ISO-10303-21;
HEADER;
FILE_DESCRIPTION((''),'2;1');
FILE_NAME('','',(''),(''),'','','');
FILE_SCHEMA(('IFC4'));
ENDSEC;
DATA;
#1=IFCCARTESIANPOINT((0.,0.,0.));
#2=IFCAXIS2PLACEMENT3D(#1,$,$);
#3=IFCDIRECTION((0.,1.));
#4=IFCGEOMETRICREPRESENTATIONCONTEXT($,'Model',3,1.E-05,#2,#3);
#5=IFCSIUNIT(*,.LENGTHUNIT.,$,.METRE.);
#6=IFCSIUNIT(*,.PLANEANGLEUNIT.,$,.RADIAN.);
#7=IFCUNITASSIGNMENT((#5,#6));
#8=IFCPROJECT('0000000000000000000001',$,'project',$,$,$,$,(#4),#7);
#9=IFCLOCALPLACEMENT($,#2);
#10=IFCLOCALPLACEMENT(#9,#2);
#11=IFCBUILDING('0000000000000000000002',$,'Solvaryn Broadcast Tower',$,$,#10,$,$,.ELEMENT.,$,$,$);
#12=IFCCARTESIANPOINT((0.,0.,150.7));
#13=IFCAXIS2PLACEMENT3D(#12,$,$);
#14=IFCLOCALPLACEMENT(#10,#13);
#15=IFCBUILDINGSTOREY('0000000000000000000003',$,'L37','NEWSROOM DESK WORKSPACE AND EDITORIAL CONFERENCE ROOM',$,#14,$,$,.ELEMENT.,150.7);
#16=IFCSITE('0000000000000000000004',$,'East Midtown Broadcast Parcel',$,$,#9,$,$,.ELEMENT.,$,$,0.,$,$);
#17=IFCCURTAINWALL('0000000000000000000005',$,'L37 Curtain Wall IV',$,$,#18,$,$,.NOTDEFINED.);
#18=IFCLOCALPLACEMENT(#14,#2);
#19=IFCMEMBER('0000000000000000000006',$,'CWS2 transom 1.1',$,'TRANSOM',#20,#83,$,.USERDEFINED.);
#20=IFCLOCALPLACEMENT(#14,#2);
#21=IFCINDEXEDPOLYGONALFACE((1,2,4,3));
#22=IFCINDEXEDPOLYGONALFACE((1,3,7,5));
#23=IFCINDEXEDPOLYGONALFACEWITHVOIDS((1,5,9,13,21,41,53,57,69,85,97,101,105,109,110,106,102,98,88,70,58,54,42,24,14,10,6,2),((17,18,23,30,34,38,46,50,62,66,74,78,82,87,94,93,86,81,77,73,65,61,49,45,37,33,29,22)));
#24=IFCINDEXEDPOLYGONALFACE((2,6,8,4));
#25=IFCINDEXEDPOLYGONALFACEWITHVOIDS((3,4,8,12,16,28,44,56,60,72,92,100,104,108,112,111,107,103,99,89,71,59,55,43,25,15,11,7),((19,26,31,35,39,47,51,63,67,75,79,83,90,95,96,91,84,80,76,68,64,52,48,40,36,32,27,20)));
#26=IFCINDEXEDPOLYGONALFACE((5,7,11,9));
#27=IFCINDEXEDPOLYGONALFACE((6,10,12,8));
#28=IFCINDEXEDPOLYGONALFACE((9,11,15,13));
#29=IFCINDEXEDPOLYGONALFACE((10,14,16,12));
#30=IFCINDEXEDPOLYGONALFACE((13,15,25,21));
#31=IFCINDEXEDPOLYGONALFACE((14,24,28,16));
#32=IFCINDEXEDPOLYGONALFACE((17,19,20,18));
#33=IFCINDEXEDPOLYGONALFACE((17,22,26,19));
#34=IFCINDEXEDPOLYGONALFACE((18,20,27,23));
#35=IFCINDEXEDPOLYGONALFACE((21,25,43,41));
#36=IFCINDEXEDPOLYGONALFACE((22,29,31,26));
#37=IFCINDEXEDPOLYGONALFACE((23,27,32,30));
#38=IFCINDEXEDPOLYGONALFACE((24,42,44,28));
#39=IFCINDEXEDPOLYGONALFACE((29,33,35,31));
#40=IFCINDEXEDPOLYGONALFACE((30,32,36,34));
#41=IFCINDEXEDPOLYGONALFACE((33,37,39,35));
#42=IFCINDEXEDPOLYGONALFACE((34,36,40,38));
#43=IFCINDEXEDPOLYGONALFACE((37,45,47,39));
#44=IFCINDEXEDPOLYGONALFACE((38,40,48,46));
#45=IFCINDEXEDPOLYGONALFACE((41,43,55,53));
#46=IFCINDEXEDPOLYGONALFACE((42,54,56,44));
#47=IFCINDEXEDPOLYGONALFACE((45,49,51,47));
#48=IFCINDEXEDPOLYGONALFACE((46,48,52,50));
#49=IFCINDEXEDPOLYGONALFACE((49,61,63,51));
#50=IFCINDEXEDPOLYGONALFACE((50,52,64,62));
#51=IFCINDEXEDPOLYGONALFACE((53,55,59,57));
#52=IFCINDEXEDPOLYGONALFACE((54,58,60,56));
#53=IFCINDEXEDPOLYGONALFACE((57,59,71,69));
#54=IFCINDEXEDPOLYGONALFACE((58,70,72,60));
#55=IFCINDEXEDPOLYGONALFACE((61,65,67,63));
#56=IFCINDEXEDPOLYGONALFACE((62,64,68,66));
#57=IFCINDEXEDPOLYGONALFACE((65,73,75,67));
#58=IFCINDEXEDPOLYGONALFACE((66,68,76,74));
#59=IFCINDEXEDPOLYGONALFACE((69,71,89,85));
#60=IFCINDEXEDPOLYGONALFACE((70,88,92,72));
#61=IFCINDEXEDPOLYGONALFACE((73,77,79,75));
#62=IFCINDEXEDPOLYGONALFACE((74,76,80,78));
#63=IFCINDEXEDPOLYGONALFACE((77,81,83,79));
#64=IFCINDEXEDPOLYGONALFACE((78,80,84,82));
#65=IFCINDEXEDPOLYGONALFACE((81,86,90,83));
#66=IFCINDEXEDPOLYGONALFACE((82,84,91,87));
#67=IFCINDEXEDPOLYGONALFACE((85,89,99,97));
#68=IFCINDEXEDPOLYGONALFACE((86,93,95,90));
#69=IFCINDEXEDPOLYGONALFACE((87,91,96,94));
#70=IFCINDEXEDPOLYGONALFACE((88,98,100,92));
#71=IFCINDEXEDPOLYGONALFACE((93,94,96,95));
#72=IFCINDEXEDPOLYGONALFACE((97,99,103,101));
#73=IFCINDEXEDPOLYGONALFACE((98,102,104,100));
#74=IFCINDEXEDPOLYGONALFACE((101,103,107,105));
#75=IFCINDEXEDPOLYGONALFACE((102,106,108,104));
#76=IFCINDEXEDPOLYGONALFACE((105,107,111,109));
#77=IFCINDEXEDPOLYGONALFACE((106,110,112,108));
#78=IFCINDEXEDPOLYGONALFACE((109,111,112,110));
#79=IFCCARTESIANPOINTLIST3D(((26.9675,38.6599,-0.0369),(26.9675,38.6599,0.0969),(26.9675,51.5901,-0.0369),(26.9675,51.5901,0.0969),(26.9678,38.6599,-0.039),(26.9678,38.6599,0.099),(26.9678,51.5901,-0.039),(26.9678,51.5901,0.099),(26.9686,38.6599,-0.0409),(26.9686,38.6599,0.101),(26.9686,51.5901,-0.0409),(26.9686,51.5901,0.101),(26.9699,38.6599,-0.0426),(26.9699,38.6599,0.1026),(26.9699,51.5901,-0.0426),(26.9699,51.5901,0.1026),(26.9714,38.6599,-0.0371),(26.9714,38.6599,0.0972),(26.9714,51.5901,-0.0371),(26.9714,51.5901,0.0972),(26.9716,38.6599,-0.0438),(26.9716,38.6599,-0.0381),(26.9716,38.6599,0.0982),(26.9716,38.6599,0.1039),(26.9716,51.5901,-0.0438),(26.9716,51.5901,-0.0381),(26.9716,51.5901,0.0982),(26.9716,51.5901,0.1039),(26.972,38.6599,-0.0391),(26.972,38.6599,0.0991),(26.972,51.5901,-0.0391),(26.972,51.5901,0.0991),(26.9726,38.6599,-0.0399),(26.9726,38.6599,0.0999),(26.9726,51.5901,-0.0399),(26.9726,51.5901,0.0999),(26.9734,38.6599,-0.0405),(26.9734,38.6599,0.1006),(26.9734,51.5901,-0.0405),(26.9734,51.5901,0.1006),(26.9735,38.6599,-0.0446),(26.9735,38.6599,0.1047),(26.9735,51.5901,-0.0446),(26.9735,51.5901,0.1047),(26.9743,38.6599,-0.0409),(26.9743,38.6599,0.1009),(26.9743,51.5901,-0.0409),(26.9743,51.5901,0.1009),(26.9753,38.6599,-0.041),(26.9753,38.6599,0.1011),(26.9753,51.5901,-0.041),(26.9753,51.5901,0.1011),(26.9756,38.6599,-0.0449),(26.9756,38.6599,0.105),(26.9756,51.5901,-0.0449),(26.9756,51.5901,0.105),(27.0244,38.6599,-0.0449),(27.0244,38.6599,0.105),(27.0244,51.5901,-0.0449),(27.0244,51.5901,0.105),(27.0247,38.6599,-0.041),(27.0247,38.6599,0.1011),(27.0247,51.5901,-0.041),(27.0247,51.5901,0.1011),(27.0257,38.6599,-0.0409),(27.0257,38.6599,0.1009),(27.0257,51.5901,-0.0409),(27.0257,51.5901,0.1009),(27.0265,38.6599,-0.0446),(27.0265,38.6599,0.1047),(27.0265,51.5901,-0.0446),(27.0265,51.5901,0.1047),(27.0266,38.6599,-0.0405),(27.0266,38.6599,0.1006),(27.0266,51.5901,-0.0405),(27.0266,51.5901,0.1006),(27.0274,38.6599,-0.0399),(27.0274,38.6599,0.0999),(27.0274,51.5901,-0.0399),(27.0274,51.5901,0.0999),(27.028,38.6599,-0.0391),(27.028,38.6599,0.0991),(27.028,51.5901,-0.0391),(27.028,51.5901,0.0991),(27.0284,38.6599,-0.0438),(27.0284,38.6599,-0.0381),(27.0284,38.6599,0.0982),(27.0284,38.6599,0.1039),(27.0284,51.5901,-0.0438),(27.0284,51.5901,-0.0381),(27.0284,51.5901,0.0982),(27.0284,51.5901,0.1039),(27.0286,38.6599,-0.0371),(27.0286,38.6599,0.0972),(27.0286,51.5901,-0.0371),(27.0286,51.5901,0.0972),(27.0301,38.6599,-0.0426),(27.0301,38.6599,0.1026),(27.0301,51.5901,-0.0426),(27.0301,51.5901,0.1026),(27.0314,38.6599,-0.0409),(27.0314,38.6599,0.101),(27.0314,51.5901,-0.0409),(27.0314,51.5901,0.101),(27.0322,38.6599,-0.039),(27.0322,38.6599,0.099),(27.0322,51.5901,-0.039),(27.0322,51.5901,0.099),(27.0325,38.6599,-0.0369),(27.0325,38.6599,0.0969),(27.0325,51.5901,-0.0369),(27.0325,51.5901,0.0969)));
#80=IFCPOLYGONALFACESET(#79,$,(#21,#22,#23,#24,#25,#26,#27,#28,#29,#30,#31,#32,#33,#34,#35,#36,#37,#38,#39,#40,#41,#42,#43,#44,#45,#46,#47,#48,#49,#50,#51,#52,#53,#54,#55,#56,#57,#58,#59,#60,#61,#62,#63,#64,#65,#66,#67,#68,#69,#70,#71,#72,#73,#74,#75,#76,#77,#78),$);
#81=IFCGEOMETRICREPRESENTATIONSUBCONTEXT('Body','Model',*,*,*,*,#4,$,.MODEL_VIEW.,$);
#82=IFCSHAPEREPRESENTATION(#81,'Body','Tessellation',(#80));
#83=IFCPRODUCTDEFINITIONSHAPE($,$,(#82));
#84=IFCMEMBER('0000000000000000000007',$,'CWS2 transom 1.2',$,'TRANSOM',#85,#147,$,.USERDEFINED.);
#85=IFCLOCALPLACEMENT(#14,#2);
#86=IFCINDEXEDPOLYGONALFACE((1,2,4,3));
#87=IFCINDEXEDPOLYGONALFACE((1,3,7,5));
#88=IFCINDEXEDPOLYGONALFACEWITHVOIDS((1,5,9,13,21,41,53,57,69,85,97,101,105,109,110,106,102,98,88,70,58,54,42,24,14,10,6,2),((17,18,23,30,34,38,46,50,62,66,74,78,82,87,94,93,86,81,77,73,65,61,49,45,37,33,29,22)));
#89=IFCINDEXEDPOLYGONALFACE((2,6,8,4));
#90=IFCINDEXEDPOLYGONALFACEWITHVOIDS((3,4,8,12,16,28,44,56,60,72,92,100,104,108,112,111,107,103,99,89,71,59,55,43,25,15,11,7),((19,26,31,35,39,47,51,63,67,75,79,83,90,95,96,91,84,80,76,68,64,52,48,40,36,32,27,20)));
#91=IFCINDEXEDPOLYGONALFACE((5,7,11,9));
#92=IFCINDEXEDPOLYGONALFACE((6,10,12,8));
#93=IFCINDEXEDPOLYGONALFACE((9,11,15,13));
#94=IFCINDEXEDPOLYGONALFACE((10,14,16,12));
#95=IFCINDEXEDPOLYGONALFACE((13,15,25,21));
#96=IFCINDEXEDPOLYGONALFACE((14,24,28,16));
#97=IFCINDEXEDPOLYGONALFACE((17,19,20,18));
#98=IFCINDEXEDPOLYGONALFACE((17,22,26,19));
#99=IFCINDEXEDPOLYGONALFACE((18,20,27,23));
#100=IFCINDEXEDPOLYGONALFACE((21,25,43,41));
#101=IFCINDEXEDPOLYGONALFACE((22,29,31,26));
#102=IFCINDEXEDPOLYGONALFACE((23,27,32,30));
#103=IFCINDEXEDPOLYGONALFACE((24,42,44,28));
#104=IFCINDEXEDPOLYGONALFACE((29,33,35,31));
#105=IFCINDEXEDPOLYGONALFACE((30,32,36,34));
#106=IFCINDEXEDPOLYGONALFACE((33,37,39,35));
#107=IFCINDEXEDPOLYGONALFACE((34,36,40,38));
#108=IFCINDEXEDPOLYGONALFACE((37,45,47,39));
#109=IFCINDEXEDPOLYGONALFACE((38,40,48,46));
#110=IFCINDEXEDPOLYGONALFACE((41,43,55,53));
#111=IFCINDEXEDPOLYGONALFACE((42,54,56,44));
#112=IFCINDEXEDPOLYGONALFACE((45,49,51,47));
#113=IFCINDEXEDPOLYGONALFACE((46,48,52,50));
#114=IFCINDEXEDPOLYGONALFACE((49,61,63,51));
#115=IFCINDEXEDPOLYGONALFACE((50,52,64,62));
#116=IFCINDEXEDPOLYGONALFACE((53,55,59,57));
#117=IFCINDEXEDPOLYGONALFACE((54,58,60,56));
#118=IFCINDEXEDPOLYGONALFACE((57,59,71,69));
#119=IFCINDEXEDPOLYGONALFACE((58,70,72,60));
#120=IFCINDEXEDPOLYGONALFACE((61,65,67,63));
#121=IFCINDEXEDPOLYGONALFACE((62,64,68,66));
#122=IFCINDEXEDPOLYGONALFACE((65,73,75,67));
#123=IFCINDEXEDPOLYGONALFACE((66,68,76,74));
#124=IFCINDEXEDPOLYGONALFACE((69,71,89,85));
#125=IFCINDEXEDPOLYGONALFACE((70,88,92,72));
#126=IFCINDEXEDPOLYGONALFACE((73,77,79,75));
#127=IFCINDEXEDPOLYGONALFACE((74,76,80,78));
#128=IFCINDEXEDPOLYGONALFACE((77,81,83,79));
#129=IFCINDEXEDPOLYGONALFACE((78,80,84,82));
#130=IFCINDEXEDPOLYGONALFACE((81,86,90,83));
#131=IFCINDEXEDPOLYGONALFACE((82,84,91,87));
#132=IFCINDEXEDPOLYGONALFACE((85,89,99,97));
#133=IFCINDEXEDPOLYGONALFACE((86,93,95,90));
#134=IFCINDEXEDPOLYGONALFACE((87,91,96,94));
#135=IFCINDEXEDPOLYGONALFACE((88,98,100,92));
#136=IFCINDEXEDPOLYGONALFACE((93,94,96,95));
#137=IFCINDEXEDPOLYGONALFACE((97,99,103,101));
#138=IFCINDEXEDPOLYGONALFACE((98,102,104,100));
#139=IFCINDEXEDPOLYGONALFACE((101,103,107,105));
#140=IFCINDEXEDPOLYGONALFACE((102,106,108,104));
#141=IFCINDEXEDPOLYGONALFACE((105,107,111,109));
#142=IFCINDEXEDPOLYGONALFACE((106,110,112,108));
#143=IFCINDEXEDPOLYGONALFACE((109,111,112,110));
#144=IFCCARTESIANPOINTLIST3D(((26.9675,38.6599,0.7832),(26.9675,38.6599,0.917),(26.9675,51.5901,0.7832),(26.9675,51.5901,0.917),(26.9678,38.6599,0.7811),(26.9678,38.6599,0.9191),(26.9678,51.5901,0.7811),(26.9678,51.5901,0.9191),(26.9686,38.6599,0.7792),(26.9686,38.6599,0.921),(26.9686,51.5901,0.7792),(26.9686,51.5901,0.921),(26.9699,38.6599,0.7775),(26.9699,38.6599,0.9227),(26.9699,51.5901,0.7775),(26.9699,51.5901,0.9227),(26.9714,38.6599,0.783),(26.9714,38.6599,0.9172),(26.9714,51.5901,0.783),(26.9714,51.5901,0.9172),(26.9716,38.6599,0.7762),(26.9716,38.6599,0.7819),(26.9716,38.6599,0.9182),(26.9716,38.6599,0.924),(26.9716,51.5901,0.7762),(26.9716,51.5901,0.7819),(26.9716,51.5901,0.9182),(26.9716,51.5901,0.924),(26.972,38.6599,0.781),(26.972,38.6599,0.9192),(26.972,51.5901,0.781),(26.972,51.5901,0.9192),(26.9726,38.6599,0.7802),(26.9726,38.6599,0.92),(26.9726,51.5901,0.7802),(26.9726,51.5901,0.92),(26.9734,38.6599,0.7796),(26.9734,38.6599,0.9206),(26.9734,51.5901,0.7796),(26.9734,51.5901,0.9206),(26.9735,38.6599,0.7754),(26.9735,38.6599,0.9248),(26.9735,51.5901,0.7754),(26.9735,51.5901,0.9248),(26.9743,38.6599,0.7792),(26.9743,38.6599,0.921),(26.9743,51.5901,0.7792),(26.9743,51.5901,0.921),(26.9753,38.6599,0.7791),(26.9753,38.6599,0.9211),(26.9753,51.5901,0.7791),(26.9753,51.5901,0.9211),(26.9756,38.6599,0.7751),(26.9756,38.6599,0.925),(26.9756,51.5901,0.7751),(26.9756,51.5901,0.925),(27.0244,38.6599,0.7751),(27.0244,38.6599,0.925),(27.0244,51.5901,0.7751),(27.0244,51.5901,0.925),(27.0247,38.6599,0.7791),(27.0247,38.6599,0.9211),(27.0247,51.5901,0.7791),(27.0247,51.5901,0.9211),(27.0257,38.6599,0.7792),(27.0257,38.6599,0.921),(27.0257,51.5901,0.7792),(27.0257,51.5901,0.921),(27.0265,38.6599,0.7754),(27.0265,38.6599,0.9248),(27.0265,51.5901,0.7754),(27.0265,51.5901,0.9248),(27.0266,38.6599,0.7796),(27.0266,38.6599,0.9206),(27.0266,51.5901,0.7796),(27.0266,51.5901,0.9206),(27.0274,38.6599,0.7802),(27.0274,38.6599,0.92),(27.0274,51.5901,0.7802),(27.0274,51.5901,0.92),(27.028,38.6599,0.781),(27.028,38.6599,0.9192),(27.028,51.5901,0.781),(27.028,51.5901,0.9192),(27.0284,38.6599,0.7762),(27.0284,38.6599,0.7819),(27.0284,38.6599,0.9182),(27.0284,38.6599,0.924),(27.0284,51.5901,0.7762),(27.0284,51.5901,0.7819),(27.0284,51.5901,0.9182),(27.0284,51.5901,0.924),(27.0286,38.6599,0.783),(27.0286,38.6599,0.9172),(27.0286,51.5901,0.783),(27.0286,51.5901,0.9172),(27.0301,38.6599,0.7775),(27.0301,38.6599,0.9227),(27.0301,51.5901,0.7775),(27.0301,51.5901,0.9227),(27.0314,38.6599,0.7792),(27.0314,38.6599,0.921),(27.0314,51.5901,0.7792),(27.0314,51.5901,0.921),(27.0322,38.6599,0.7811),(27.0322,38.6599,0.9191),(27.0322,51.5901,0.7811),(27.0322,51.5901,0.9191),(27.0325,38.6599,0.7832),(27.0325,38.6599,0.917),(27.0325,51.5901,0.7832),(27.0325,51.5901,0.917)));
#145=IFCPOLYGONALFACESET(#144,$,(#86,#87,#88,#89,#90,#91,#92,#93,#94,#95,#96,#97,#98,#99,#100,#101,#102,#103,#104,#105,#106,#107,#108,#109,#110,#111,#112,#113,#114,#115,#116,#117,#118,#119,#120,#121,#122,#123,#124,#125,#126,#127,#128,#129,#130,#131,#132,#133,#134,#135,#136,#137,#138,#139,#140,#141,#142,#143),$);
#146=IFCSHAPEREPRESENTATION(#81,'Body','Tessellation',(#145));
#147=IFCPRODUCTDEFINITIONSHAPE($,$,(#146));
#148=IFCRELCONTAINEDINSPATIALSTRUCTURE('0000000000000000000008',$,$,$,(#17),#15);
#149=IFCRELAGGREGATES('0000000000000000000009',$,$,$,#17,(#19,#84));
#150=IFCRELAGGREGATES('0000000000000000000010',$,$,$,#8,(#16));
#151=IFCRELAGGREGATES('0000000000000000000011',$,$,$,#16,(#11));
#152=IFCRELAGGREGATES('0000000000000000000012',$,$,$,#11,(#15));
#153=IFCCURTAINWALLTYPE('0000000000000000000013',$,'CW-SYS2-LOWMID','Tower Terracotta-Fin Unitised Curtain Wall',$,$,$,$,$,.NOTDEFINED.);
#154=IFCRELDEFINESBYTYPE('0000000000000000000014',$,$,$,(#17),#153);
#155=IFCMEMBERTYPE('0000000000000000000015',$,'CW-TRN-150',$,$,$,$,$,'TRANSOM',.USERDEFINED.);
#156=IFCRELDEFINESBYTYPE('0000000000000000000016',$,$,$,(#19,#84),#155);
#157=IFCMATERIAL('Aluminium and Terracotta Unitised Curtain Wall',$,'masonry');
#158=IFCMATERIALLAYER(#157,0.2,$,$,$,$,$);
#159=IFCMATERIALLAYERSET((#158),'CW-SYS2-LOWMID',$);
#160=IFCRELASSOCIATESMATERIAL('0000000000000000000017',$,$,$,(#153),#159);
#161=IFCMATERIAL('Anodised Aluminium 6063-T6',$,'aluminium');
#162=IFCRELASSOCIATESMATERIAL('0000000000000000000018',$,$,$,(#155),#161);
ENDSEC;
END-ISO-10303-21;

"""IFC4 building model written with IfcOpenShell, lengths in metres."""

from ifc_helpers import new_model, si_unit, direction, frame, origin, origin_2d, place, context, subcontext, project, spatial, hollow_rectangle, extrude, material, layer, layer_set, material_profile, profile_set, type_object, element, aggregate, save


model = new_model("IFC4")

# Units and contexts
model_context = context("Model", 3, precision=1e-05, world=origin(), true_north=direction((0.0, 1.0)))
body_context = subcontext(model_context, "Body", "Model", "MODEL_VIEW")
ifc_project = project(units=[si_unit("LENGTHUNIT", "METRE"), si_unit("PLANEANGLEUNIT", "RADIAN")], contexts=[model_context])

# Site, building, storey
site_placement = place(None, origin())
site = spatial("IfcSite", under=ifc_project, at=site_placement, Name="East Midtown Broadcast Parcel", CompositionType="ELEMENT", RefElevation=0.0)
building_placement = place(site_placement, origin())
building = spatial("IfcBuilding", under=site, at=building_placement, Name="Solvaryn Broadcast Tower", CompositionType="ELEMENT")
storey_placement = place(building_placement, frame((0.0, 0.0, 150.7)))
storey = spatial("IfcBuildingStorey", under=building, at=storey_placement, Name="L37", Description="NEWSROOM DESK WORKSPACE AND EDITORIAL CONFERENCE ROOM", CompositionType="ELEMENT", Elevation=150.7)

# Curtain wall
ifc_material_1 = material(Name="Aluminium and Terracotta Unitised Curtain Wall", Category="masonry")
ifc_layer_1 = layer(ifc_material_1, 0.2)
ifc_layer_set_1 = layer_set([ifc_layer_1], Name="CW-SYS2-LOWMID")
curtain_wall_type = type_object("IfcCurtainWallType", Name="CW-SYS2-LOWMID", Description="Tower Terracotta-Fin Unitised Curtain Wall", PredefinedType="NOTDEFINED", material=ifc_layer_set_1)
curtain_wall_1_placement = place(storey_placement, origin())
curtain_wall_1 = element("IfcCurtainWall", 1, at=curtain_wall_1_placement, inside=storey, type_object=curtain_wall_type, Name="L37 Curtain Wall IV", PredefinedType="NOTDEFINED")

# Members
ifc_material_2 = material(Name="Anodised Aluminium 6063-T6", Category="aluminium")
ifc_material_profile_1 = material_profile(ifc_material_2, hollow_rectangle(XDim=0.0649, YDim=0.1499, WallThickness=0.0039, InnerFilletRadius=0.0039, OuterFilletRadius=0.0081, at=origin_2d()))
ifc_profile_set_1 = profile_set([ifc_material_profile_1], Name="Anodised Aluminium 6063-T6")
member_type_1 = type_object("IfcMemberType", Name="CW-TRN-150", ElementType="TRANSOM", PredefinedType="USERDEFINED", material=ifc_profile_set_1)
member_1_placement = place(storey_placement, frame((27.0, 51.5901, 0.03), z_axis=(0.0, -1.0, 0.0), x_axis=(1.0, 0.0, 0.0)))
member_1 = element("IfcMember", 2, at=member_1_placement, type_object=member_type_1, Name="CWS2 transom 1.1", ObjectType="TRANSOM", PredefinedType="USERDEFINED", context=body_context, shape_type="SweptSolid", body=[
    extrude(hollow_rectangle(XDim=0.0649, YDim=0.1499, WallThickness=0.0039, InnerFilletRadius=0.0039, OuterFilletRadius=0.0081, at=origin_2d()), origin(), (0.0, 0.0, 1.0), 12.9302),
])
member_2_placement = place(storey_placement, frame((27.0, 51.5901, 0.8501), z_axis=(0.0, -1.0, 0.0), x_axis=(1.0, 0.0, 0.0)))
member_2 = element("IfcMember", 3, at=member_2_placement, type_object=member_type_1, Name="CWS2 transom 1.2", ObjectType="TRANSOM", PredefinedType="USERDEFINED", context=body_context, shape_type="SweptSolid", body=[
    extrude(hollow_rectangle(XDim=0.0649, YDim=0.1499, WallThickness=0.0039, InnerFilletRadius=0.0039, OuterFilletRadius=0.0081, at=origin_2d()), origin(), (0.0, 0.0, 1.0), 12.9302),
])

aggregate(curtain_wall_1, [member_1, member_2])

save(model, "model.ifc")
